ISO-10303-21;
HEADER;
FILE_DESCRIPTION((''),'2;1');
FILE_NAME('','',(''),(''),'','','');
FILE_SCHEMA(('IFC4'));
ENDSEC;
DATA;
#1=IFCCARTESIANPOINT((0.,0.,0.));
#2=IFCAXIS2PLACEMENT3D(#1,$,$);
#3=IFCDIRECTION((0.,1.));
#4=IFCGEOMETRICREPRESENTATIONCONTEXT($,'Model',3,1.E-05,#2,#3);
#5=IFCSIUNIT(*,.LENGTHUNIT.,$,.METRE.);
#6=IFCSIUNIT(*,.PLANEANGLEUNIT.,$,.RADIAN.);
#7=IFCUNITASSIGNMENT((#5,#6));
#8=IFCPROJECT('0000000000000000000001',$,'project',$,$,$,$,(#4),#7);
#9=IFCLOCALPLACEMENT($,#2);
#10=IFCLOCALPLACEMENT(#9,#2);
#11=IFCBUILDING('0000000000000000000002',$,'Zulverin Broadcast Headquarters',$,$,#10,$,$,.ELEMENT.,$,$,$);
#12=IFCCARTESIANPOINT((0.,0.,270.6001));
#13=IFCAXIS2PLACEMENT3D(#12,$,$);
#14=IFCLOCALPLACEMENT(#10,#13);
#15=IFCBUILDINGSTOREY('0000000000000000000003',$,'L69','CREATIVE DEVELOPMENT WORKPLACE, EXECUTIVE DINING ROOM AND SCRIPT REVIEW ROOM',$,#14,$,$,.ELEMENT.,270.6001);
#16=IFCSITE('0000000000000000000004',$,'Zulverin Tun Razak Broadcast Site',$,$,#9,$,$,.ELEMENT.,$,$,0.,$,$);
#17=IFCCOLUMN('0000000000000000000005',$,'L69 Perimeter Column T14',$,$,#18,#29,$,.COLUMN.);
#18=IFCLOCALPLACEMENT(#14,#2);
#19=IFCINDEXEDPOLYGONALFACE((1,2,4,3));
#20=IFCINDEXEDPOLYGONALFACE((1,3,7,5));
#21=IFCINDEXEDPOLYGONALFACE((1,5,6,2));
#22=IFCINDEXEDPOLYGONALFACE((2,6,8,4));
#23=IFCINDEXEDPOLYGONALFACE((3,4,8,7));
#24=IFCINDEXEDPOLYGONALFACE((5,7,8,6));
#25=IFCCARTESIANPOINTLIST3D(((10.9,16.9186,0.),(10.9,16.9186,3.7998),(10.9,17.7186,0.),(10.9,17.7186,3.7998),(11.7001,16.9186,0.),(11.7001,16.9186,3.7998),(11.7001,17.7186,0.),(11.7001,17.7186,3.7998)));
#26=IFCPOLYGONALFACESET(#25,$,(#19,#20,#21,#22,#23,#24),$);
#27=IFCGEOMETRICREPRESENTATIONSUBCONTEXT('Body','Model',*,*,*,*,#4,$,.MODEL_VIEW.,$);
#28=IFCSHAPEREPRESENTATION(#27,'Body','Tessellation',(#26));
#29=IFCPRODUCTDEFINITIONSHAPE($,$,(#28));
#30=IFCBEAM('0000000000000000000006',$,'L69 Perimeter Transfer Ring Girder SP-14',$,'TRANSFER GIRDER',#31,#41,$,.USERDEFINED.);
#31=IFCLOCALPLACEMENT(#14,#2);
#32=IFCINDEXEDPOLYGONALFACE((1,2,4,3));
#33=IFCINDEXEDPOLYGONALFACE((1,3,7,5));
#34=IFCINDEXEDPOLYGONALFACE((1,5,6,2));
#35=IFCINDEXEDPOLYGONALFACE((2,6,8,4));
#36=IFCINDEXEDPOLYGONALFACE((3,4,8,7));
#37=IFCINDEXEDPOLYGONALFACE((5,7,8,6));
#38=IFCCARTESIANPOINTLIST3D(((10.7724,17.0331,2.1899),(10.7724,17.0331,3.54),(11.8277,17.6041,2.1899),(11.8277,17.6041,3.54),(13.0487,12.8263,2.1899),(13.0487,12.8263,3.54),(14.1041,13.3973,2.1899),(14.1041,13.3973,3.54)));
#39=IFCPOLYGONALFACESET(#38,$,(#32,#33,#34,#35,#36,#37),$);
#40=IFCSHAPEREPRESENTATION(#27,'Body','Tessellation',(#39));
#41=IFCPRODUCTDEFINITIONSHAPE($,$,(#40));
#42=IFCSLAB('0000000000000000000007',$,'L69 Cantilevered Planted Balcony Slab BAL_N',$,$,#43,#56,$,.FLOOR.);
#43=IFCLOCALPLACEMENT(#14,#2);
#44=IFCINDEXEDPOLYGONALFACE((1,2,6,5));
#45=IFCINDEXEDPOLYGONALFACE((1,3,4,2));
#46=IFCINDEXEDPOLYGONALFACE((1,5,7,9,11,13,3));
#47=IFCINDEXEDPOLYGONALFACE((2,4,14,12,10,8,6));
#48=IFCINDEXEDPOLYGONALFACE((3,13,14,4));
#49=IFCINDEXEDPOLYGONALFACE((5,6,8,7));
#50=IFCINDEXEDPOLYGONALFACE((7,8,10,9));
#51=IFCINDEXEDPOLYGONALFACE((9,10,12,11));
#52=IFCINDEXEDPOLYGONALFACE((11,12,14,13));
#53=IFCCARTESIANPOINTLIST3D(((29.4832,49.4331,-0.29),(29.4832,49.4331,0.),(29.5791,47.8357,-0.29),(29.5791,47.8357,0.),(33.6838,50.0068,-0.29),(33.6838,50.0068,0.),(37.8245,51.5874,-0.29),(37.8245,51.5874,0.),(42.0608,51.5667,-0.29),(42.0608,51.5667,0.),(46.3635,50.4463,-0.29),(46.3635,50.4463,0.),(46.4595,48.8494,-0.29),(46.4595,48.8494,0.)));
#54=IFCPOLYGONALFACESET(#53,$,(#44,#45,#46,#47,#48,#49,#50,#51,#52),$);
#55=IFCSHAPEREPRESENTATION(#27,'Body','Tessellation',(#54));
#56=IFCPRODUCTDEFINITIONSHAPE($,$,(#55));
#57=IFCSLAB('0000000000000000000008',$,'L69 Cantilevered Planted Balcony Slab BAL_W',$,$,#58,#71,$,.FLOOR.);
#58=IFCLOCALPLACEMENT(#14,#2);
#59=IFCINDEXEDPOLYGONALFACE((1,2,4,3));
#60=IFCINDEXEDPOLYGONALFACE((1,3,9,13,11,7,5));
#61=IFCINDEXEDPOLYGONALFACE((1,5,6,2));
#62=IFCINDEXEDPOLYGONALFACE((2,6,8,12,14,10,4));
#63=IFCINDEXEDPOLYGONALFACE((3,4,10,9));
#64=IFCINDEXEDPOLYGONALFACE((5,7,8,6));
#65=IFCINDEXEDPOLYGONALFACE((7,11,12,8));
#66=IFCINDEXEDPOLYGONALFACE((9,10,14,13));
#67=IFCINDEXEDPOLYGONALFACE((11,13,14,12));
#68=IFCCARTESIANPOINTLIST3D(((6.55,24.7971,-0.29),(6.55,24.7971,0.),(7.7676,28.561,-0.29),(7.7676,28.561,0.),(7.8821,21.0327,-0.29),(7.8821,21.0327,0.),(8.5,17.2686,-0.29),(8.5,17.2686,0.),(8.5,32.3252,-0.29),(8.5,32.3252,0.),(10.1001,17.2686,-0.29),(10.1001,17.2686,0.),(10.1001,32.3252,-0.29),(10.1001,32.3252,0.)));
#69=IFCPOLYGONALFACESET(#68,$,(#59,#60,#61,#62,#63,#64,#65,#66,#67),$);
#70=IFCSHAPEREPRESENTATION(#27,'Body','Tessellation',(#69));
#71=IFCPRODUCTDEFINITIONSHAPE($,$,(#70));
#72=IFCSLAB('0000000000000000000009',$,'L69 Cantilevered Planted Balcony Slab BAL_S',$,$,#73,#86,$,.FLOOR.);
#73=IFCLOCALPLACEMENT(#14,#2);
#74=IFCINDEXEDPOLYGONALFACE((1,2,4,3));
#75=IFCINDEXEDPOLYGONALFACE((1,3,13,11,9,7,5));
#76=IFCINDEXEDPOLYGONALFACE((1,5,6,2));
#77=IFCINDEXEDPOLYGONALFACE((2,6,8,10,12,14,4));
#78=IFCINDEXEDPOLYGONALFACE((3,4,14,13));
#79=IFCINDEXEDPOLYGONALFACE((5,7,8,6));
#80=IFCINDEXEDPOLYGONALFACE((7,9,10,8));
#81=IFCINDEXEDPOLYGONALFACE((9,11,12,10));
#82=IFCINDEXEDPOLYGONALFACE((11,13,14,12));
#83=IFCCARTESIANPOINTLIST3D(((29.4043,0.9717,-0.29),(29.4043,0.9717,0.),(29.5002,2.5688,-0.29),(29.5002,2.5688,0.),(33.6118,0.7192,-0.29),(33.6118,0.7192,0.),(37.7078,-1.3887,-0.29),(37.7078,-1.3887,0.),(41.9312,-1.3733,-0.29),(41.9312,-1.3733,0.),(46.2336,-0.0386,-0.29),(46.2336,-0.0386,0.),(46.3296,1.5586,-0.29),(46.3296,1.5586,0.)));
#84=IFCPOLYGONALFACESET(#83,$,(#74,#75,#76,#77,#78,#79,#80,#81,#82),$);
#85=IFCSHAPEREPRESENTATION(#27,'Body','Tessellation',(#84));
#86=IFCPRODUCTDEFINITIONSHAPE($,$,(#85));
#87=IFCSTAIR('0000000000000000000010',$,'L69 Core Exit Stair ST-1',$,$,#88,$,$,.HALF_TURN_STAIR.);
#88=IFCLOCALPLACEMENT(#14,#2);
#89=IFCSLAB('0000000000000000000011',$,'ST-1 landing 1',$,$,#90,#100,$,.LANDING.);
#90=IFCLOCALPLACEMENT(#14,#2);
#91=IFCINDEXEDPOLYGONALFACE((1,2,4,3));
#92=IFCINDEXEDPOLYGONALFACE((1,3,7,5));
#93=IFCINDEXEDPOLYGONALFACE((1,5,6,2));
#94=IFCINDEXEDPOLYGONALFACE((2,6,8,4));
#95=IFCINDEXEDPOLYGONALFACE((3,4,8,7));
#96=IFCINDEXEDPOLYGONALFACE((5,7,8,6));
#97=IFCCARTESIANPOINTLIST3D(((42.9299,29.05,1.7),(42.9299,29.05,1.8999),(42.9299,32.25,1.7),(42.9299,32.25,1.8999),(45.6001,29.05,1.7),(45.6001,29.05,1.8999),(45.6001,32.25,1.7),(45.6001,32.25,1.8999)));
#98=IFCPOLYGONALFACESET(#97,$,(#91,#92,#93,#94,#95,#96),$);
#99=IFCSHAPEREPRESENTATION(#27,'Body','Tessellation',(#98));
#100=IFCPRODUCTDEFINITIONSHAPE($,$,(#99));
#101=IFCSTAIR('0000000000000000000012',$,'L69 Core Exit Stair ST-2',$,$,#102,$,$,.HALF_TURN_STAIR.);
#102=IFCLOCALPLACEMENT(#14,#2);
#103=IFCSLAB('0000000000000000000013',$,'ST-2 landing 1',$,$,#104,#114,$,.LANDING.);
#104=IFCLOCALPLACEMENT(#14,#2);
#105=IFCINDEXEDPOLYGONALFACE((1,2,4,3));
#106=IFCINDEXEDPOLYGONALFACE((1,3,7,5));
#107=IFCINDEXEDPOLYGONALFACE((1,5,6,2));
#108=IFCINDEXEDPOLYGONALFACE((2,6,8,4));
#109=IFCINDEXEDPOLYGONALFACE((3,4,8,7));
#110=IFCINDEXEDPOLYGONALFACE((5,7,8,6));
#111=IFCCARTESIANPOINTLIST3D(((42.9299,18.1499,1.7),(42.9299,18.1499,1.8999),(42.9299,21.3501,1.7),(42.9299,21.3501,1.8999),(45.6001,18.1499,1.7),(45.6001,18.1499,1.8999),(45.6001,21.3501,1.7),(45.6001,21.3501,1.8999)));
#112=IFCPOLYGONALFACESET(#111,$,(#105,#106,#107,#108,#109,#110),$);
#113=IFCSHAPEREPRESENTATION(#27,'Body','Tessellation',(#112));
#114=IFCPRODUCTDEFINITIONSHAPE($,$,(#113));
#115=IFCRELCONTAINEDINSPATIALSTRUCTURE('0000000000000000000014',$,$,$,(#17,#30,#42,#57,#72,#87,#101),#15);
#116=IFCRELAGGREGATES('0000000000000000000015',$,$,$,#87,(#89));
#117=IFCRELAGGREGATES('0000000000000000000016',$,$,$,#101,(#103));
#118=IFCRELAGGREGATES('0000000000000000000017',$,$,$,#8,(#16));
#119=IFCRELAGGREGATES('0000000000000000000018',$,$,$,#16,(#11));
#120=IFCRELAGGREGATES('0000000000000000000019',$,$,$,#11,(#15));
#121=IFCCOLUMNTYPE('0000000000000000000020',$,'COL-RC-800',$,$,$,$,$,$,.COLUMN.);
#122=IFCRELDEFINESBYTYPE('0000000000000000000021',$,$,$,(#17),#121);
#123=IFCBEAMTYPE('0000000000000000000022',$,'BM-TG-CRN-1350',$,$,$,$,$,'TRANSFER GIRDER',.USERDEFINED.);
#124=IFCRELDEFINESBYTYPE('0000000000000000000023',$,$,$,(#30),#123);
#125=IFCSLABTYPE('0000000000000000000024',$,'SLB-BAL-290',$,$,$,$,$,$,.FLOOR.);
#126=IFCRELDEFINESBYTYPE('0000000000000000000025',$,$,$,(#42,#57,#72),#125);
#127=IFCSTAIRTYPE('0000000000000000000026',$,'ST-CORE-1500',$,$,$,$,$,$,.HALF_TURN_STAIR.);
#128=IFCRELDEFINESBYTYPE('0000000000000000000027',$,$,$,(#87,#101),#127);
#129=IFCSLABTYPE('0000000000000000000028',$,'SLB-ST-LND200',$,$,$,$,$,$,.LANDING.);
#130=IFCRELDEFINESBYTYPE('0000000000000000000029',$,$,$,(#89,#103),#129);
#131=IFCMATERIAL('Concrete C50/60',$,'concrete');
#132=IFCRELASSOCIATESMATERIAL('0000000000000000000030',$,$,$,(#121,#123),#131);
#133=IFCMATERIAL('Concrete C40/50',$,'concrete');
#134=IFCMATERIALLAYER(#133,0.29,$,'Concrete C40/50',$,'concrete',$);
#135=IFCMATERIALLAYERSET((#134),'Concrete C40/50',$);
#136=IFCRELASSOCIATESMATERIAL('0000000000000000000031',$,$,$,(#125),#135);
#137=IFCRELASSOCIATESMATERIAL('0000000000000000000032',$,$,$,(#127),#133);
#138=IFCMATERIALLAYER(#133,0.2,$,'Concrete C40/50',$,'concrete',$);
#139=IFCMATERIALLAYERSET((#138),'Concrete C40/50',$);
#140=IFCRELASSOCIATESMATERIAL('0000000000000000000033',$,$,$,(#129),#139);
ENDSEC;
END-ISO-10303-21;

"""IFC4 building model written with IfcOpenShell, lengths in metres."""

from ifc_helpers import new_model, si_unit, direction, frame, origin, origin_2d, place, context, subcontext, project, spatial, polyline, rectangle, outline, extrude, material, layer, layer_set, material_profile, profile_set, type_object, element, aggregate, save


model = new_model("IFC4")

# Units and contexts
model_context = context("Model", 3, precision=1e-05, world=origin(), true_north=direction((0.0, 1.0)))
body_context = subcontext(model_context, "Body", "Model", "MODEL_VIEW")
ifc_project = project(units=[si_unit("LENGTHUNIT", "METRE"), si_unit("PLANEANGLEUNIT", "RADIAN")], contexts=[model_context])

# Site, building, storey
site_placement = place(None, origin())
site = spatial("IfcSite", under=ifc_project, at=site_placement, Name="Zulverin Tun Razak Broadcast Site", CompositionType="ELEMENT", RefElevation=0.0)
building_placement = place(site_placement, origin())
building = spatial("IfcBuilding", under=site, at=building_placement, Name="Zulverin Broadcast Headquarters", CompositionType="ELEMENT")
storey_placement = place(building_placement, frame((0.0, 0.0, 270.6001)))
storey = spatial("IfcBuildingStorey", under=building, at=storey_placement, Name="L69", Description="CREATIVE DEVELOPMENT WORKPLACE, EXECUTIVE DINING ROOM AND SCRIPT REVIEW ROOM", CompositionType="ELEMENT", Elevation=270.6001)

# Column
ifc_material_1 = material(Name="Concrete C50/60", Category="concrete")
ifc_material_profile_1 = material_profile(ifc_material_1, rectangle(XDim=0.8, YDim=0.8, at=origin_2d()), Name="Concrete C50/60", Category="concrete")
ifc_profile_set_1 = profile_set([ifc_material_profile_1], Name="Concrete C50/60")
column_type = type_object("IfcColumnType", Name="COL-RC-800", PredefinedType="COLUMN", material=ifc_profile_set_1)
column_placement = place(storey_placement, frame((11.3, 17.3186, 0.0), z_axis=(0.0, 0.0, 1.0), x_axis=(1.0, 0.0, 0.0)))
element("IfcColumn", 1, at=column_placement, inside=storey, type_object=column_type, Name="L69 Perimeter Column T14", PredefinedType="COLUMN", context=body_context, shape_type="SweptSolid", body=[
    extrude(rectangle(XDim=0.8, YDim=0.8, at=origin_2d()), origin(), (0.0, 0.0, 1.0), 3.7998),
])

# Beam
ifc_material_profile_2 = material_profile(ifc_material_1, rectangle(XDim=1.2, YDim=1.3501, at=origin_2d()), Name="Concrete C50/60", Category="concrete")
ifc_profile_set_2 = profile_set([ifc_material_profile_2], Name="Concrete C50/60")
beam_type = type_object("IfcBeamType", Name="BM-TG-CRN-1350", ElementType="TRANSFER GIRDER", PredefinedType="USERDEFINED", material=ifc_profile_set_2)
beam_placement = place(storey_placement, frame((11.3, 17.3186, 2.865), z_axis=(0.47591, -0.879494, 0.0), x_axis=(0.879494, 0.47591, 0.0)))
element("IfcBeam", 2, at=beam_placement, inside=storey, type_object=beam_type, Name="L69 Perimeter Transfer Ring Girder SP-14", ObjectType="TRANSFER GIRDER", PredefinedType="USERDEFINED", context=body_context, shape_type="SweptSolid", body=[
    extrude(rectangle(XDim=1.2, YDim=1.3501, at=origin_2d()), origin(), (0.0, 0.0, 1.0), 4.7832),
])

# Slabs
ifc_material_2 = material(Name="Concrete C40/50", Category="concrete")
ifc_layer_1 = layer(ifc_material_2, 0.29, Name="Concrete C40/50", Category="concrete")
ifc_layer_set_1 = layer_set([ifc_layer_1], Name="Concrete C40/50")
slab_type_1 = type_object("IfcSlabType", Name="SLB-BAL-290", PredefinedType="FLOOR", material=ifc_layer_set_1)
slab_1_placement = place(storey_placement, frame((0.0, 0.0, -0.29)))
element("IfcSlab", 3, at=slab_1_placement, inside=storey, type_object=slab_type_1, Name="L69 Cantilevered Planted Balcony Slab BAL_N", PredefinedType="FLOOR", context=body_context, shape_type="SweptSolid", body=[
    extrude(outline(polyline([(29.5791, 47.8357), (46.4595, 48.8494), (46.3635, 50.4463), (42.0608, 51.5667), (37.8245, 51.5874), (33.6838, 50.0068), (29.4832, 49.4331), (29.5791, 47.8357)])), origin(), (0.0, 0.0, 1.0), 0.29),
])
slab_2_placement = place(storey_placement, frame((0.0, 0.0, -0.29)))
element("IfcSlab", 4, at=slab_2_placement, inside=storey, type_object=slab_type_1, Name="L69 Cantilevered Planted Balcony Slab BAL_W", PredefinedType="FLOOR", context=body_context, shape_type="SweptSolid", body=[
    extrude(outline(polyline([(10.1001, 17.2686), (10.1001, 32.3252), (8.5, 32.3252), (7.7676, 28.561), (6.55, 24.7971), (7.8821, 21.0327), (8.5, 17.2686), (10.1001, 17.2686)])), origin(), (0.0, 0.0, 1.0), 0.29),
])
slab_3_placement = place(storey_placement, frame((0.0, 0.0, -0.29)))
element("IfcSlab", 5, at=slab_3_placement, inside=storey, type_object=slab_type_1, Name="L69 Cantilevered Planted Balcony Slab BAL_S", PredefinedType="FLOOR", context=body_context, shape_type="SweptSolid", body=[
    extrude(outline(polyline([(46.3296, 1.5586), (29.5002, 2.5688), (29.4043, 0.9717), (33.6118, 0.7192), (37.7078, -1.3887), (41.9312, -1.3733), (46.2336, -0.0386), (46.3296, 1.5586)])), origin(), (0.0, 0.0, 1.0), 0.29),
])

# Stairs, slabs
stair_type = type_object("IfcStairType", Name="ST-CORE-1500", PredefinedType="HALF_TURN_STAIR", material=ifc_material_2)
stair_1_placement = place(storey_placement, origin())
stair_1 = element("IfcStair", 6, at=stair_1_placement, inside=storey, type_object=stair_type, Name="L69 Core Exit Stair ST-1", PredefinedType="HALF_TURN_STAIR")
ifc_layer_2 = layer(ifc_material_2, 0.2, Name="Concrete C40/50", Category="concrete")
ifc_layer_set_2 = layer_set([ifc_layer_2], Name="Concrete C40/50")
slab_type_2 = type_object("IfcSlabType", Name="SLB-ST-LND200", PredefinedType="LANDING", material=ifc_layer_set_2)
slab_4_placement = place(storey_placement, frame((0.0, 0.0, 1.7)))
slab_4 = element("IfcSlab", 7, at=slab_4_placement, type_object=slab_type_2, Name="ST-1 landing 1", PredefinedType="LANDING", context=body_context, shape_type="SweptSolid", body=[
    extrude(outline(polyline([(42.9299, 29.05), (45.6001, 29.05), (45.6001, 32.25), (42.9299, 32.25), (42.9299, 29.05)])), origin(), (0.0, 0.0, 1.0), 0.2),
])
aggregate(stair_1, [slab_4])
stair_2_placement = place(storey_placement, origin())
stair_2 = element("IfcStair", 8, at=stair_2_placement, inside=storey, type_object=stair_type, Name="L69 Core Exit Stair ST-2", PredefinedType="HALF_TURN_STAIR")
slab_5_placement = place(storey_placement, frame((0.0, 0.0, 1.7)))
slab_5 = element("IfcSlab", 9, at=slab_5_placement, type_object=slab_type_2, Name="ST-2 landing 1", PredefinedType="LANDING", context=body_context, shape_type="SweptSolid", body=[
    extrude(outline(polyline([(42.9299, 18.1499), (45.6001, 18.1499), (45.6001, 21.3501), (42.9299, 21.3501), (42.9299, 18.1499)])), origin(), (0.0, 0.0, 1.0), 0.2),
])
aggregate(stair_2, [slab_5])

save(model, "model.ifc")
